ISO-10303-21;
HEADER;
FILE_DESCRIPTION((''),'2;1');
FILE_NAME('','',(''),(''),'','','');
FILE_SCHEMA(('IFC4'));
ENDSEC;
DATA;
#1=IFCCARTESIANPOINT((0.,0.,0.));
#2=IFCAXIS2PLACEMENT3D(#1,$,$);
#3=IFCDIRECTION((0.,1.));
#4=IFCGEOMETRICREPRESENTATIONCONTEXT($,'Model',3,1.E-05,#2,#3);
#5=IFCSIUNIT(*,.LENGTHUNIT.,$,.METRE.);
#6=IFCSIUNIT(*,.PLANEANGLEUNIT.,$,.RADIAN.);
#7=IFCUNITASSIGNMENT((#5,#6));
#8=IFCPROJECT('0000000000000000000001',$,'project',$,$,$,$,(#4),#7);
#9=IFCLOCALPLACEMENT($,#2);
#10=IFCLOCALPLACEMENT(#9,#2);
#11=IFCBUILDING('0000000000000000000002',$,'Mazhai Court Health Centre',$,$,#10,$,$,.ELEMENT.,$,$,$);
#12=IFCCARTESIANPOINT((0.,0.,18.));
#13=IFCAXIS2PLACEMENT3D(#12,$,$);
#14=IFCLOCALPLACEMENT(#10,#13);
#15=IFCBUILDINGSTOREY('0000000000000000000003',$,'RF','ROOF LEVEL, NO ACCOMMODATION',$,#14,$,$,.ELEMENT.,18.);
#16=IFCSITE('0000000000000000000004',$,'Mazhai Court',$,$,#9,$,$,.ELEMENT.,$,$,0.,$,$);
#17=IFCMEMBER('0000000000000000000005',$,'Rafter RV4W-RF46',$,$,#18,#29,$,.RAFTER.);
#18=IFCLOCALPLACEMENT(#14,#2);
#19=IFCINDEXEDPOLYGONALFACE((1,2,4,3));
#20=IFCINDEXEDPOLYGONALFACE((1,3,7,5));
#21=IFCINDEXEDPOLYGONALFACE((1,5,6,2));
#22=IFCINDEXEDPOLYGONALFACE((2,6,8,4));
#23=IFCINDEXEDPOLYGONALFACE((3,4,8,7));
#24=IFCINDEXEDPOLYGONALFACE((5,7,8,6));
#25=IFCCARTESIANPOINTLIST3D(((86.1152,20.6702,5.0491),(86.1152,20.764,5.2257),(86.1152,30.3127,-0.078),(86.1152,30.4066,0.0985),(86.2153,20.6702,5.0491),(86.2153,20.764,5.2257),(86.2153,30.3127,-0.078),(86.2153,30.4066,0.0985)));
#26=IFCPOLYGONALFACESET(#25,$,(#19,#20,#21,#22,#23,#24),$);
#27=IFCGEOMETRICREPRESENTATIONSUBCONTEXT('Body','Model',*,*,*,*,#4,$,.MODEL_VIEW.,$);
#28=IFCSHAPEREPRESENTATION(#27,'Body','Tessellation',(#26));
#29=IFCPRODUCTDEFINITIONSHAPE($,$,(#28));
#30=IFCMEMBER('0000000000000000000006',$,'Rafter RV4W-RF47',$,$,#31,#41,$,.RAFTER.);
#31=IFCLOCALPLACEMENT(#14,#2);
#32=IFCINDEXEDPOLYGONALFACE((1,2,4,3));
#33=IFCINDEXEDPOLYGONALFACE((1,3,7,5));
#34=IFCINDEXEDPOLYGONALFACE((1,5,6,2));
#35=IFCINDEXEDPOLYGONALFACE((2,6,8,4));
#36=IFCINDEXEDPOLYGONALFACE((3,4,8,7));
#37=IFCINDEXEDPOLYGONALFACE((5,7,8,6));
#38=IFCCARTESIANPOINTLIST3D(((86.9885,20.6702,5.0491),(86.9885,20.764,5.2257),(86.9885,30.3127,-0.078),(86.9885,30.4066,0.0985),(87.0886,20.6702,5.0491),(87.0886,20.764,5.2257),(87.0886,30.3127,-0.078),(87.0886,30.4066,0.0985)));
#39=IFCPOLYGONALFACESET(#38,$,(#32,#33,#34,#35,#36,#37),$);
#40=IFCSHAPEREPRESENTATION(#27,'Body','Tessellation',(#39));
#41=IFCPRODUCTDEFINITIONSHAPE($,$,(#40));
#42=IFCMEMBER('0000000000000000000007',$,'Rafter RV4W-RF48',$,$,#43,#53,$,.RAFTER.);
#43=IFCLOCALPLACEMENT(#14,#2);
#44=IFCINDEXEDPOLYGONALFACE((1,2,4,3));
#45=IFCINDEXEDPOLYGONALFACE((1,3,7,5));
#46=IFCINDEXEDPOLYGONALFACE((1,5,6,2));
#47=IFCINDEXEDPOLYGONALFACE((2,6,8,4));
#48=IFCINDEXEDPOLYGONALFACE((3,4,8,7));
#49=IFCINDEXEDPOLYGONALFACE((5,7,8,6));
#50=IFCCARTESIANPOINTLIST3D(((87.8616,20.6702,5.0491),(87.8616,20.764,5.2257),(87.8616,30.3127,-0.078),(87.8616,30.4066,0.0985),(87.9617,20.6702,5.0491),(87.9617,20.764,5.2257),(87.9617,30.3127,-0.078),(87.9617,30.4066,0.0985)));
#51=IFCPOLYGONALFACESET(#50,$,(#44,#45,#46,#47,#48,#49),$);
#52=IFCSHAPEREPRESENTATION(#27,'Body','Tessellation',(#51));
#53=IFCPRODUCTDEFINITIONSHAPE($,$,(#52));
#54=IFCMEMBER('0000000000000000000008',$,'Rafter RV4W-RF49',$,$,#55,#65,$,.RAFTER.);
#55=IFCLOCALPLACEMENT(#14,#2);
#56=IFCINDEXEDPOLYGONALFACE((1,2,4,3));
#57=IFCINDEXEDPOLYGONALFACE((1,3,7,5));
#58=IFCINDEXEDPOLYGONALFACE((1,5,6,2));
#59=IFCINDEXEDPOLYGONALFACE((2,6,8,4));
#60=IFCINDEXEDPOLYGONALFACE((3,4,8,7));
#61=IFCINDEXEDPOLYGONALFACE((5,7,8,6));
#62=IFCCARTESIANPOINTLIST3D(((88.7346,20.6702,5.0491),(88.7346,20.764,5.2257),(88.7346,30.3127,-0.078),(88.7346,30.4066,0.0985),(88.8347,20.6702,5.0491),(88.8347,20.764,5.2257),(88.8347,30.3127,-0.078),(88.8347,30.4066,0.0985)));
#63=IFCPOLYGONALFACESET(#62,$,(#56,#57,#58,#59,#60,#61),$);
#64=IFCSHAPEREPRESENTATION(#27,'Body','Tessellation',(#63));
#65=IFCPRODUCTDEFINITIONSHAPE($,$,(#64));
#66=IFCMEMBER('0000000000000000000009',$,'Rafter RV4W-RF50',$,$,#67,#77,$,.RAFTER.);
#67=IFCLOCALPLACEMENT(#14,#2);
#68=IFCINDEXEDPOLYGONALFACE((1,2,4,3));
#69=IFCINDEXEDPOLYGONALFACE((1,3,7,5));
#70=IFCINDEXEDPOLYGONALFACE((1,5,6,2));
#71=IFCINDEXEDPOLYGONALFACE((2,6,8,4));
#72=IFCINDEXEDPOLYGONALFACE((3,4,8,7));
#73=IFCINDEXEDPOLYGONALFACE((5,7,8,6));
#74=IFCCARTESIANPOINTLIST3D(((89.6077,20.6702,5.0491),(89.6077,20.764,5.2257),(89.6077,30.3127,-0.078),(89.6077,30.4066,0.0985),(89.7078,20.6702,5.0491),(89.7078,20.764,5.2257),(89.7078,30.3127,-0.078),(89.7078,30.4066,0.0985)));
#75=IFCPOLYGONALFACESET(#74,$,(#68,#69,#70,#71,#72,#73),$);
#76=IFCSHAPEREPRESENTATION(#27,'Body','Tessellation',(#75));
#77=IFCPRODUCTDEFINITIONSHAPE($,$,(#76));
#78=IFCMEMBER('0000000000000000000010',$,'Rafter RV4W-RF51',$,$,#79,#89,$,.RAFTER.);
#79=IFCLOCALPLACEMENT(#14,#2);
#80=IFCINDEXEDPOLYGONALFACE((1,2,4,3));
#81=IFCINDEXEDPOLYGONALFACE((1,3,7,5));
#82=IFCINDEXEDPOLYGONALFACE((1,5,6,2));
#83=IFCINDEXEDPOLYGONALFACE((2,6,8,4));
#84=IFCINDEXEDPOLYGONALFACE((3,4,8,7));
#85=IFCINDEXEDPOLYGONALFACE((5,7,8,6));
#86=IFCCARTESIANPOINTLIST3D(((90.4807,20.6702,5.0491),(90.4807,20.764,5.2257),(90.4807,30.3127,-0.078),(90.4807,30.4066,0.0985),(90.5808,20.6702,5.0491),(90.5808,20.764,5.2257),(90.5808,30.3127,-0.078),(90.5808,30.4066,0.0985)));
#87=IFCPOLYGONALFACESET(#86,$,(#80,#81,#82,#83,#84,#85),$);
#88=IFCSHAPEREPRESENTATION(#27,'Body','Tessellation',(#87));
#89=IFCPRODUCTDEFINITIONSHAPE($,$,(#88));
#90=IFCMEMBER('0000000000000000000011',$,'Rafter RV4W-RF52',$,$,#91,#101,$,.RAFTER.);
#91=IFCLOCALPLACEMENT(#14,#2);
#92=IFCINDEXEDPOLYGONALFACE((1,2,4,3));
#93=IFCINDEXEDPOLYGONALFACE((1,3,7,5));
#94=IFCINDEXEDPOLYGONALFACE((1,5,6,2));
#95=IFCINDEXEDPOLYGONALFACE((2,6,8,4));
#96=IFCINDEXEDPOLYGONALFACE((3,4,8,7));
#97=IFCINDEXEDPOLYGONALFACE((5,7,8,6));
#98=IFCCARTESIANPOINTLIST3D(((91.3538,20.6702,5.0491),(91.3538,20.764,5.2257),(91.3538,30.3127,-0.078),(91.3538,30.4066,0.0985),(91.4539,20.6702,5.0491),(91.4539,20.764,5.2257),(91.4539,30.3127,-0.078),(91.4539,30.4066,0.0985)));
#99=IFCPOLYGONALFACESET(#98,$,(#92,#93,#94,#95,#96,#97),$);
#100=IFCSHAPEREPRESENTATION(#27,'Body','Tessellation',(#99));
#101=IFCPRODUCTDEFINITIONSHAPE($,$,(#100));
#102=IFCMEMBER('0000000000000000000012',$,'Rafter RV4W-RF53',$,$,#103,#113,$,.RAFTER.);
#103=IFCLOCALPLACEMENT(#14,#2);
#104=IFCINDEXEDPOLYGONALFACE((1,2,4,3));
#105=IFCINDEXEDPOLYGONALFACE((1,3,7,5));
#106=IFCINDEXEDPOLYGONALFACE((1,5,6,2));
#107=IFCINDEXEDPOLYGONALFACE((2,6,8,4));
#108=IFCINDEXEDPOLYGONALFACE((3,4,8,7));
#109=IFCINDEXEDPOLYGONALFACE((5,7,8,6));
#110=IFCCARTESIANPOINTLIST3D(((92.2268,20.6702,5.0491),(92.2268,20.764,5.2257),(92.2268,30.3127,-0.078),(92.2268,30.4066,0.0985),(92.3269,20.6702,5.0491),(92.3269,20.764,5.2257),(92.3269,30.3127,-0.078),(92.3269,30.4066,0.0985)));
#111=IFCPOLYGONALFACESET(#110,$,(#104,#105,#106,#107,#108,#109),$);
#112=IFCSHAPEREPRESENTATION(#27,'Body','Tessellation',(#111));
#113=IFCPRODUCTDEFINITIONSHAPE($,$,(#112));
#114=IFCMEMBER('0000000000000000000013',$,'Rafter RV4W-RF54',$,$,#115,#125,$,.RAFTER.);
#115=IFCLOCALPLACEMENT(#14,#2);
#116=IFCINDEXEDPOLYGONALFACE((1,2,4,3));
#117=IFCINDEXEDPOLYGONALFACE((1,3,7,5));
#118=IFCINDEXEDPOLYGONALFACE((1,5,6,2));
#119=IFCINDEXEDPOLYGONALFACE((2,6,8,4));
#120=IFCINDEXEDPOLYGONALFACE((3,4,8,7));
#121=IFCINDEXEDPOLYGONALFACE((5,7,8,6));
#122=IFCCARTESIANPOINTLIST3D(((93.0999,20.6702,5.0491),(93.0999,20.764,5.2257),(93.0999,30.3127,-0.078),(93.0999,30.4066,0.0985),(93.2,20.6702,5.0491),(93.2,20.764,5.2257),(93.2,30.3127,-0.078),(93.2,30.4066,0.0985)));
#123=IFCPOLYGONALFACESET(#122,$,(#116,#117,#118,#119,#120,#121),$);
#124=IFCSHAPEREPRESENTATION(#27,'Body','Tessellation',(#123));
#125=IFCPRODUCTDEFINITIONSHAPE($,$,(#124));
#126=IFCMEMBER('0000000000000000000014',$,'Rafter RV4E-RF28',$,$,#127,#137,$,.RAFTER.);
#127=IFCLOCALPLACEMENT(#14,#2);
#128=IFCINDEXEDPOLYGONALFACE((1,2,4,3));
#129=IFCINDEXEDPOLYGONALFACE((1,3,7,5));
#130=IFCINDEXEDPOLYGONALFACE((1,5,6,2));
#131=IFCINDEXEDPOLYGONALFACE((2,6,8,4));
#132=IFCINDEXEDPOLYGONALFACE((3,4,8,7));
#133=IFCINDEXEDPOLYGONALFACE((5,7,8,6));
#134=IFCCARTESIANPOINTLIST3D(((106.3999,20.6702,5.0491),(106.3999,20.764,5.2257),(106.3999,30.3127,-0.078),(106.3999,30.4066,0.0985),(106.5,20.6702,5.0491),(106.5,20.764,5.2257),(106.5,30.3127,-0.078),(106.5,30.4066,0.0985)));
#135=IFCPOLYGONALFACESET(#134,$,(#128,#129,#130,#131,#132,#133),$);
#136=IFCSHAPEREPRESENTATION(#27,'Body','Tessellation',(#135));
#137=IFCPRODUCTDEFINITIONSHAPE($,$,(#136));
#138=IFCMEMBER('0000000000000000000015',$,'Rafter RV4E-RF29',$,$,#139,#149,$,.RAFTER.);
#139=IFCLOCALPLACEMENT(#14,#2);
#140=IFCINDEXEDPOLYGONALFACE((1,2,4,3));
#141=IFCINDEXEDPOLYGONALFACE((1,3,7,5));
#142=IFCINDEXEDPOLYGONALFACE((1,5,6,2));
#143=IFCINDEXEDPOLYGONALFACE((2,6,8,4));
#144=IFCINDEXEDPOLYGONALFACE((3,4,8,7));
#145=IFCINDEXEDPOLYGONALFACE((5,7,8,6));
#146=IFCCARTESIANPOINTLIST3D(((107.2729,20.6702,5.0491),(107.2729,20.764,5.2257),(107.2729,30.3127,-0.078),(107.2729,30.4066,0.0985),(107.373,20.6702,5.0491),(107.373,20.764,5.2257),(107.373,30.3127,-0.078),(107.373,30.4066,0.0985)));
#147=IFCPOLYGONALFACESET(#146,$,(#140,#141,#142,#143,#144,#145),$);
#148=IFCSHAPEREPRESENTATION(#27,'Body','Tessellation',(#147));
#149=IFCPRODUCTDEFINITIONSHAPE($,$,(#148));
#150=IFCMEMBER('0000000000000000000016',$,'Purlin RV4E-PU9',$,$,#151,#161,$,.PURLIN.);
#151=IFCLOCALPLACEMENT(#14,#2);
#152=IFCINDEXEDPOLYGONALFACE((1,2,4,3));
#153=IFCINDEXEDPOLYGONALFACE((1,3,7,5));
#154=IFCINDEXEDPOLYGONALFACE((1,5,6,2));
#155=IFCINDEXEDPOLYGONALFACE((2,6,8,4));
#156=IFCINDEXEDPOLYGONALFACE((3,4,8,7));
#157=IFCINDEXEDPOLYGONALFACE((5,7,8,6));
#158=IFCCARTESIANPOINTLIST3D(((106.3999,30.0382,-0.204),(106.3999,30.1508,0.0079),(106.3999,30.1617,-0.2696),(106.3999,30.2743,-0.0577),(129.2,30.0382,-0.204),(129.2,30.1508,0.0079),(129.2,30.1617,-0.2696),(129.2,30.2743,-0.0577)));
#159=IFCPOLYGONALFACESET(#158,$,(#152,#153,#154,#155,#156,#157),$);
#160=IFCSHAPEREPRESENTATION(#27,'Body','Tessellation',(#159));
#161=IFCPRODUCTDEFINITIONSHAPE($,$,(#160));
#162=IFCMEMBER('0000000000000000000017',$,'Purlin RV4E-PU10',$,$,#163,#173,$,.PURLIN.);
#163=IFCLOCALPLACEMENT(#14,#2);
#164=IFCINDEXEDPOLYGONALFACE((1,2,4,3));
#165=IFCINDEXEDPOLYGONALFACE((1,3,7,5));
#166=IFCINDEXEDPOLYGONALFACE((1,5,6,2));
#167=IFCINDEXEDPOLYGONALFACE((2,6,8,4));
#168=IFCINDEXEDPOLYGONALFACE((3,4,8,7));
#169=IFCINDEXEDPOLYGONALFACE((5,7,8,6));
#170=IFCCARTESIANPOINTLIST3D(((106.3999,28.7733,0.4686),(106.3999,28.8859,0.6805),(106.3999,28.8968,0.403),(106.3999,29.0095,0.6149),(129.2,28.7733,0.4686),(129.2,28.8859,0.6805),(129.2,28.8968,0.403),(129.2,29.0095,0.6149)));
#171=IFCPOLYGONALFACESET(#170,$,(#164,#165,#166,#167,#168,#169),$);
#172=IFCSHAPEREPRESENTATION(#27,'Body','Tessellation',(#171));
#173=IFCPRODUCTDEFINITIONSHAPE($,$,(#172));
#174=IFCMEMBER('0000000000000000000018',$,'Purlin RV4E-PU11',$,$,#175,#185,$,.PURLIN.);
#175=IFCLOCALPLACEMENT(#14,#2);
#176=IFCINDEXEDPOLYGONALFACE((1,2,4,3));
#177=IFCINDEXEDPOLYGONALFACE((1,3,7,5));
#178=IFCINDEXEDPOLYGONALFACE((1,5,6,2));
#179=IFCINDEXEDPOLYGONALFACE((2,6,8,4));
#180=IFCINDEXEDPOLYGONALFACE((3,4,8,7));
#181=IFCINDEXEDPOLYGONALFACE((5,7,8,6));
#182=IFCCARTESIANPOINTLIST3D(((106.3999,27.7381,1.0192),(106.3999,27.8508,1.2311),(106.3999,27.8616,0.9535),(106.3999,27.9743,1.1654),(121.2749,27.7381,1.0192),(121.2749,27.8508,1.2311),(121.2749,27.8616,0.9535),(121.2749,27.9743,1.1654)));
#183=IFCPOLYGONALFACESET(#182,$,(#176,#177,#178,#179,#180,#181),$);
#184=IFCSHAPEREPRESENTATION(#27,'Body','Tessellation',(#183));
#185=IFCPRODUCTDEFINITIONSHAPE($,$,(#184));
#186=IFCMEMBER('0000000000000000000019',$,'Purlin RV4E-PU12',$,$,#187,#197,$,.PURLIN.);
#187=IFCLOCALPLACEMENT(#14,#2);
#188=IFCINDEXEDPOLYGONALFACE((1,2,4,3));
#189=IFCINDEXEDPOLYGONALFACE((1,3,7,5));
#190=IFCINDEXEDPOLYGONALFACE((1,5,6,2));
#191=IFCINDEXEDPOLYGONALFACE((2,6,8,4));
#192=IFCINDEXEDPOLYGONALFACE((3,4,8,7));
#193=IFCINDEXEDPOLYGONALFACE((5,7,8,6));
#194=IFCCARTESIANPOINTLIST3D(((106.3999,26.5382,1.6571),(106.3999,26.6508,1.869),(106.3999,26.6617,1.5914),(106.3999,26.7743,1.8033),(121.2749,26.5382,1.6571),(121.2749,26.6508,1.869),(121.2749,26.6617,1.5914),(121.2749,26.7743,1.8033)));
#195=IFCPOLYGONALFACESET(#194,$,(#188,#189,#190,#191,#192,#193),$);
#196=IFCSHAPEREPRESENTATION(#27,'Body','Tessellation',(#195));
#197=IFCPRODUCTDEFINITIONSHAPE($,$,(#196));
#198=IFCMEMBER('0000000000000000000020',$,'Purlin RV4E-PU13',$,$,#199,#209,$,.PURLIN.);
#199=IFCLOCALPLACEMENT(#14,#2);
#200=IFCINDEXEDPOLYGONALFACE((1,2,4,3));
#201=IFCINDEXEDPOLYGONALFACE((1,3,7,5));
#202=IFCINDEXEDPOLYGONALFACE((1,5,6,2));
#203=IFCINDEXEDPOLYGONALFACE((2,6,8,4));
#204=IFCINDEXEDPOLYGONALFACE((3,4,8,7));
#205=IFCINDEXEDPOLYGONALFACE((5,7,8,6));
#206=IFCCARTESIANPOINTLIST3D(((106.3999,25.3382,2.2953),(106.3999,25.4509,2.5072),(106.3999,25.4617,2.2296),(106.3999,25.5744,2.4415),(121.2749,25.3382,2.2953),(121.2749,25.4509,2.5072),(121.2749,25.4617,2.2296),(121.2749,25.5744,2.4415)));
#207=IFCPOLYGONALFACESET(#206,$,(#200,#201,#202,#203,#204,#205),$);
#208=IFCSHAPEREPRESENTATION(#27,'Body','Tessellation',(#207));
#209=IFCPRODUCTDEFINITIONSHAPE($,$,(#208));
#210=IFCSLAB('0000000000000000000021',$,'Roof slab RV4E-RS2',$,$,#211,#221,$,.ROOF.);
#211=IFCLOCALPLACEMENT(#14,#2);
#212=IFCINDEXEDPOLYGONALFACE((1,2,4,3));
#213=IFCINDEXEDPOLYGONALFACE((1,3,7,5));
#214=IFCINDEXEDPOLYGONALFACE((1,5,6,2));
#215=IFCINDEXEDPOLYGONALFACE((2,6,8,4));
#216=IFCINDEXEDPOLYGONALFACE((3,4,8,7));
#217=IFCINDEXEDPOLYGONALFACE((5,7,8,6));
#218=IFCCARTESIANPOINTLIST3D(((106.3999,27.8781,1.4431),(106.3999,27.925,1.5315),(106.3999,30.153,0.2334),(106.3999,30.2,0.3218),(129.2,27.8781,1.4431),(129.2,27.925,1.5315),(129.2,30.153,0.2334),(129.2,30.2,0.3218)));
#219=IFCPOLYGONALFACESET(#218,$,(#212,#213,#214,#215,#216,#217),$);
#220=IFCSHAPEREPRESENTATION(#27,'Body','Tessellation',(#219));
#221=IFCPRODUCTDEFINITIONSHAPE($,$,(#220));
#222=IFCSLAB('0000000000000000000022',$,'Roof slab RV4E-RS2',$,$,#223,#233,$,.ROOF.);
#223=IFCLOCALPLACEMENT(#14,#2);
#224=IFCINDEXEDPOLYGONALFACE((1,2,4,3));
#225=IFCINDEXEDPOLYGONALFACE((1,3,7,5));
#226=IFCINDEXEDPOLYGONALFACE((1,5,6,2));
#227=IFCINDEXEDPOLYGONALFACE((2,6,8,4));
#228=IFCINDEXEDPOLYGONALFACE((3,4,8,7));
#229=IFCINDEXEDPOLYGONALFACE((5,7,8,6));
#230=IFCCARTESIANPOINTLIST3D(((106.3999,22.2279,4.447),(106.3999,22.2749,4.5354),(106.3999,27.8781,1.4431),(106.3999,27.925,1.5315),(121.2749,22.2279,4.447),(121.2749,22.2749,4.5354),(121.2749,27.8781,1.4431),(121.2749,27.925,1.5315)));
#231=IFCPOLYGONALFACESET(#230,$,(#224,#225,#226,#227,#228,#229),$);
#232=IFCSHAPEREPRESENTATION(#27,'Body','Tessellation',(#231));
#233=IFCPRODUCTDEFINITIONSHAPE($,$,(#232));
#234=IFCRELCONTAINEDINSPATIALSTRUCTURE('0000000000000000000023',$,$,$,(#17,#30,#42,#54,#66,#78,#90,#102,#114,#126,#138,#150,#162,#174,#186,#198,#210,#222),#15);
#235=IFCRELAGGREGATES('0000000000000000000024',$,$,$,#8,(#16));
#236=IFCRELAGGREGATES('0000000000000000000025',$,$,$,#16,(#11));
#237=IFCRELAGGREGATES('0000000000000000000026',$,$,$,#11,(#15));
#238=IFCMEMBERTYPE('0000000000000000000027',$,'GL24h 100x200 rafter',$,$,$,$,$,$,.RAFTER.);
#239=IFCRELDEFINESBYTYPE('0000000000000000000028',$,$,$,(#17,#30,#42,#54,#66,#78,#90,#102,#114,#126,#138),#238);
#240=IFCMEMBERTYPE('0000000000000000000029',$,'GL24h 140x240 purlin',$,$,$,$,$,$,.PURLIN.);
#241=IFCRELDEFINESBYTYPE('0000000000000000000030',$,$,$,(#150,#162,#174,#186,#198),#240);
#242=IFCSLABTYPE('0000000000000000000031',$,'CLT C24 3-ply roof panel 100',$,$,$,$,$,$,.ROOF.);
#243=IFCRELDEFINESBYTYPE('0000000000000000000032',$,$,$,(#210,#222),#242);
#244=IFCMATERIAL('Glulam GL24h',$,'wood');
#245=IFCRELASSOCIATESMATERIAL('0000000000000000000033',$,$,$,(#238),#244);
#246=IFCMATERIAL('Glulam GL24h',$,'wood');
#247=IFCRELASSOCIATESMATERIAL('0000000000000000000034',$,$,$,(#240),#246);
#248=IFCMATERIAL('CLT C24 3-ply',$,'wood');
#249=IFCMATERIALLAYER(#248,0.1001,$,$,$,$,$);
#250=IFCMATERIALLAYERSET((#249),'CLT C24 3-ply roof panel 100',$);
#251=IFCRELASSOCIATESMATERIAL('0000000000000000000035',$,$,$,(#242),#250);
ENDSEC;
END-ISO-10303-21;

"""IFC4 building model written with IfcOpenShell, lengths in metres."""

from ifc_helpers import new_model, si_unit, direction, frame, origin, origin_2d, place, context, subcontext, project, spatial, polyline, rectangle, outline, extrude, material, layer, layer_set, material_profile, profile_set, type_object, element, save


model = new_model("IFC4")

# Units and contexts
model_context = context("Model", 3, precision=1e-05, world=origin(), true_north=direction((0.0, 1.0)))
body_context = subcontext(model_context, "Body", "Model", "MODEL_VIEW")
ifc_project = project(units=[si_unit("LENGTHUNIT", "METRE"), si_unit("PLANEANGLEUNIT", "RADIAN")], contexts=[model_context])

# Site, building, storey
site_placement = place(None, origin())
site = spatial("IfcSite", under=ifc_project, at=site_placement, Name="Mazhai Court", CompositionType="ELEMENT", RefElevation=0.0)
building_placement = place(site_placement, origin())
building = spatial("IfcBuilding", under=site, at=building_placement, Name="Mazhai Court Health Centre", CompositionType="ELEMENT")
storey_placement = place(building_placement, frame((0.0, 0.0, 18.0)))
storey = spatial("IfcBuildingStorey", under=building, at=storey_placement, Name="RF", Description="ROOF LEVEL, NO ACCOMMODATION", CompositionType="ELEMENT", Elevation=18.0)

# Members
ifc_material_1 = material(Name="Glulam GL24h", Category="wood")
ifc_material_profile_1 = material_profile(ifc_material_1, rectangle(XDim=0.1001, YDim=0.2, at=origin_2d()), Name="GL24h 100x200")
ifc_profile_set_1 = profile_set([ifc_material_profile_1], Name="Glulam GL24h")
member_type_1 = type_object("IfcMemberType", Name="GL24h 100x200 rafter", PredefinedType="RAFTER", material=ifc_profile_set_1)
for number, where, z_axis, x_axis, name in (
    (1, (86.1653, 30.3596, 0.0103), (0.0, -0.882942, 0.469482), (1.0, 0.0, 0.0), "Rafter RV4W-RF46"),
    (2, (87.0386, 30.3596, 0.0103), (0.0, -0.882942, 0.469482), (1.0, 0.0, 0.0), "Rafter RV4W-RF47"),
    (3, (87.9116, 30.3596, 0.0103), (0.0, -0.882942, 0.469482), (1.0, 0.0, 0.0), "Rafter RV4W-RF48"),
    (4, (88.7847, 30.3596, 0.0103), (0.0, -0.882942, 0.469482), (1.0, 0.0, 0.0), "Rafter RV4W-RF49"),
    (5, (89.6577, 30.3596, 0.0103), (0.0, -0.882942, 0.469482), (1.0, 0.0, 0.0), "Rafter RV4W-RF50"),
    (6, (90.5308, 30.3596, 0.0103), (0.0, -0.882942, 0.469482), (1.0, 0.0, 0.0), "Rafter RV4W-RF51"),
    (7, (91.4038, 30.3596, 0.0103), (0.0, -0.882942, 0.469482), (1.0, 0.0, 0.0), "Rafter RV4W-RF52"),
    (8, (92.2769, 30.3596, 0.0103), (0.0, -0.882942, 0.469482), (1.0, 0.0, 0.0), "Rafter RV4W-RF53"),
    (9, (93.1499, 30.3596, 0.0103), (0.0, -0.882942, 0.469482), (1.0, 0.0, 0.0), "Rafter RV4W-RF54"),
    (10, (106.45, 30.3596, 0.0103), (0.0, -0.882942, 0.469482), (1.0, 0.0, 0.0), "Rafter RV4E-RF28"),
    (11, (107.323, 30.3596, 0.0103), (0.0, -0.882942, 0.469482), (1.0, 0.0, 0.0), "Rafter RV4E-RF29"),
):
    element("IfcMember", number, at=place(storey_placement, frame(where, z_axis=z_axis, x_axis=x_axis)), inside=storey, type_object=member_type_1, Name=name, PredefinedType="RAFTER", context=body_context, shape_type="SweptSolid", body=[
        extrude(rectangle(XDim=0.1001, YDim=0.2, at=origin_2d()), origin(), (0.0, 0.0, 1.0), 10.9209),
    ])
ifc_material_2 = material(Name="Glulam GL24h", Category="wood")
ifc_material_profile_2 = material_profile(ifc_material_2, rectangle(XDim=0.1399, YDim=0.24, at=origin_2d()), Name="GL24h 140x240")
ifc_profile_set_2 = profile_set([ifc_material_profile_2], Name="Glulam GL24h")
member_type_2 = type_object("IfcMemberType", Name="GL24h 140x240 purlin", PredefinedType="PURLIN", material=ifc_profile_set_2)
for number, where, z_axis, x_axis, name in (
    (12, (106.3999, 30.1562, -0.1309), (1.0, 0.0, 0.0), (0.0, 0.882948, -0.469472), "Purlin RV4E-PU9"),
    (13, (106.3999, 28.8914, 0.5417), (1.0, 0.0, 0.0), (0.0, 0.882948, -0.469472), "Purlin RV4E-PU10"),
):
    element("IfcMember", number, at=place(storey_placement, frame(where, z_axis=z_axis, x_axis=x_axis)), inside=storey, type_object=member_type_2, Name=name, PredefinedType="PURLIN", context=body_context, shape_type="SweptSolid", body=[
        extrude(rectangle(XDim=0.1399, YDim=0.24, at=origin_2d()), origin(), (0.0, 0.0, 1.0), 22.8),
    ])
for number, where, z_axis, x_axis, name in (
    (14, (106.3999, 27.8562, 1.0923), (1.0, 0.0, 0.0), (0.0, 0.882948, -0.469472), "Purlin RV4E-PU11"),
    (15, (106.3999, 26.6562, 1.7302), (1.0, 0.0, 0.0), (0.0, 0.882948, -0.469472), "Purlin RV4E-PU12"),
    (16, (106.3999, 25.4563, 2.3684), (1.0, 0.0, 0.0), (0.0, 0.882948, -0.469472), "Purlin RV4E-PU13"),
):
    element("IfcMember", number, at=place(storey_placement, frame(where, z_axis=z_axis, x_axis=x_axis)), inside=storey, type_object=member_type_2, Name=name, PredefinedType="PURLIN", context=body_context, shape_type="SweptSolid", body=[
        extrude(rectangle(XDim=0.1399, YDim=0.24, at=origin_2d()), origin(), (0.0, 0.0, 1.0), 14.875),
    ])

# Slabs
ifc_material_3 = material(Name="CLT C24 3-ply", Category="wood")
ifc_layer_1 = layer(ifc_material_3, 0.1001)
ifc_layer_set_1 = layer_set([ifc_layer_1], Name="CLT C24 3-ply roof panel 100")
slab_type = type_object("IfcSlabType", Name="CLT C24 3-ply roof panel 100", PredefinedType="ROOF", material=ifc_layer_set_1)
slab_1_placement = place(storey_placement, frame((106.3999, 30.2, 0.3218), z_axis=(0.0, 0.469511, 0.882927), x_axis=(1.0, 0.0, 0.0)))
element("IfcSlab", 17, at=slab_1_placement, inside=storey, type_object=slab_type, Name="Roof slab RV4E-RS2", PredefinedType="ROOF", context=body_context, shape_type="SweptSolid", body=[
    extrude(outline(polyline([(0.0, 0.0), (22.8, 0.0), (22.8, -2.5765), (0.0, -2.5765), (0.0, 0.0)])), origin(), (0.0, 0.0, -1.0), 0.1001),
])
slab_2_placement = place(storey_placement, frame((106.3999, 27.925, 1.5315), z_axis=(0.0, 0.469431, 0.882969), x_axis=(1.0, 0.0, 0.0)))
element("IfcSlab", 18, at=slab_2_placement, inside=storey, type_object=slab_type, Name="Roof slab RV4E-RS2", PredefinedType="ROOF", context=body_context, shape_type="SweptSolid", body=[
    extrude(outline(polyline([(0.0, 0.0), (14.875, 0.0), (14.875, -6.399), (0.0, -6.399), (0.0, 0.0)])), origin(), (0.0, 0.0, -1.0), 0.1001),
])

save(model, "model.ifc")
